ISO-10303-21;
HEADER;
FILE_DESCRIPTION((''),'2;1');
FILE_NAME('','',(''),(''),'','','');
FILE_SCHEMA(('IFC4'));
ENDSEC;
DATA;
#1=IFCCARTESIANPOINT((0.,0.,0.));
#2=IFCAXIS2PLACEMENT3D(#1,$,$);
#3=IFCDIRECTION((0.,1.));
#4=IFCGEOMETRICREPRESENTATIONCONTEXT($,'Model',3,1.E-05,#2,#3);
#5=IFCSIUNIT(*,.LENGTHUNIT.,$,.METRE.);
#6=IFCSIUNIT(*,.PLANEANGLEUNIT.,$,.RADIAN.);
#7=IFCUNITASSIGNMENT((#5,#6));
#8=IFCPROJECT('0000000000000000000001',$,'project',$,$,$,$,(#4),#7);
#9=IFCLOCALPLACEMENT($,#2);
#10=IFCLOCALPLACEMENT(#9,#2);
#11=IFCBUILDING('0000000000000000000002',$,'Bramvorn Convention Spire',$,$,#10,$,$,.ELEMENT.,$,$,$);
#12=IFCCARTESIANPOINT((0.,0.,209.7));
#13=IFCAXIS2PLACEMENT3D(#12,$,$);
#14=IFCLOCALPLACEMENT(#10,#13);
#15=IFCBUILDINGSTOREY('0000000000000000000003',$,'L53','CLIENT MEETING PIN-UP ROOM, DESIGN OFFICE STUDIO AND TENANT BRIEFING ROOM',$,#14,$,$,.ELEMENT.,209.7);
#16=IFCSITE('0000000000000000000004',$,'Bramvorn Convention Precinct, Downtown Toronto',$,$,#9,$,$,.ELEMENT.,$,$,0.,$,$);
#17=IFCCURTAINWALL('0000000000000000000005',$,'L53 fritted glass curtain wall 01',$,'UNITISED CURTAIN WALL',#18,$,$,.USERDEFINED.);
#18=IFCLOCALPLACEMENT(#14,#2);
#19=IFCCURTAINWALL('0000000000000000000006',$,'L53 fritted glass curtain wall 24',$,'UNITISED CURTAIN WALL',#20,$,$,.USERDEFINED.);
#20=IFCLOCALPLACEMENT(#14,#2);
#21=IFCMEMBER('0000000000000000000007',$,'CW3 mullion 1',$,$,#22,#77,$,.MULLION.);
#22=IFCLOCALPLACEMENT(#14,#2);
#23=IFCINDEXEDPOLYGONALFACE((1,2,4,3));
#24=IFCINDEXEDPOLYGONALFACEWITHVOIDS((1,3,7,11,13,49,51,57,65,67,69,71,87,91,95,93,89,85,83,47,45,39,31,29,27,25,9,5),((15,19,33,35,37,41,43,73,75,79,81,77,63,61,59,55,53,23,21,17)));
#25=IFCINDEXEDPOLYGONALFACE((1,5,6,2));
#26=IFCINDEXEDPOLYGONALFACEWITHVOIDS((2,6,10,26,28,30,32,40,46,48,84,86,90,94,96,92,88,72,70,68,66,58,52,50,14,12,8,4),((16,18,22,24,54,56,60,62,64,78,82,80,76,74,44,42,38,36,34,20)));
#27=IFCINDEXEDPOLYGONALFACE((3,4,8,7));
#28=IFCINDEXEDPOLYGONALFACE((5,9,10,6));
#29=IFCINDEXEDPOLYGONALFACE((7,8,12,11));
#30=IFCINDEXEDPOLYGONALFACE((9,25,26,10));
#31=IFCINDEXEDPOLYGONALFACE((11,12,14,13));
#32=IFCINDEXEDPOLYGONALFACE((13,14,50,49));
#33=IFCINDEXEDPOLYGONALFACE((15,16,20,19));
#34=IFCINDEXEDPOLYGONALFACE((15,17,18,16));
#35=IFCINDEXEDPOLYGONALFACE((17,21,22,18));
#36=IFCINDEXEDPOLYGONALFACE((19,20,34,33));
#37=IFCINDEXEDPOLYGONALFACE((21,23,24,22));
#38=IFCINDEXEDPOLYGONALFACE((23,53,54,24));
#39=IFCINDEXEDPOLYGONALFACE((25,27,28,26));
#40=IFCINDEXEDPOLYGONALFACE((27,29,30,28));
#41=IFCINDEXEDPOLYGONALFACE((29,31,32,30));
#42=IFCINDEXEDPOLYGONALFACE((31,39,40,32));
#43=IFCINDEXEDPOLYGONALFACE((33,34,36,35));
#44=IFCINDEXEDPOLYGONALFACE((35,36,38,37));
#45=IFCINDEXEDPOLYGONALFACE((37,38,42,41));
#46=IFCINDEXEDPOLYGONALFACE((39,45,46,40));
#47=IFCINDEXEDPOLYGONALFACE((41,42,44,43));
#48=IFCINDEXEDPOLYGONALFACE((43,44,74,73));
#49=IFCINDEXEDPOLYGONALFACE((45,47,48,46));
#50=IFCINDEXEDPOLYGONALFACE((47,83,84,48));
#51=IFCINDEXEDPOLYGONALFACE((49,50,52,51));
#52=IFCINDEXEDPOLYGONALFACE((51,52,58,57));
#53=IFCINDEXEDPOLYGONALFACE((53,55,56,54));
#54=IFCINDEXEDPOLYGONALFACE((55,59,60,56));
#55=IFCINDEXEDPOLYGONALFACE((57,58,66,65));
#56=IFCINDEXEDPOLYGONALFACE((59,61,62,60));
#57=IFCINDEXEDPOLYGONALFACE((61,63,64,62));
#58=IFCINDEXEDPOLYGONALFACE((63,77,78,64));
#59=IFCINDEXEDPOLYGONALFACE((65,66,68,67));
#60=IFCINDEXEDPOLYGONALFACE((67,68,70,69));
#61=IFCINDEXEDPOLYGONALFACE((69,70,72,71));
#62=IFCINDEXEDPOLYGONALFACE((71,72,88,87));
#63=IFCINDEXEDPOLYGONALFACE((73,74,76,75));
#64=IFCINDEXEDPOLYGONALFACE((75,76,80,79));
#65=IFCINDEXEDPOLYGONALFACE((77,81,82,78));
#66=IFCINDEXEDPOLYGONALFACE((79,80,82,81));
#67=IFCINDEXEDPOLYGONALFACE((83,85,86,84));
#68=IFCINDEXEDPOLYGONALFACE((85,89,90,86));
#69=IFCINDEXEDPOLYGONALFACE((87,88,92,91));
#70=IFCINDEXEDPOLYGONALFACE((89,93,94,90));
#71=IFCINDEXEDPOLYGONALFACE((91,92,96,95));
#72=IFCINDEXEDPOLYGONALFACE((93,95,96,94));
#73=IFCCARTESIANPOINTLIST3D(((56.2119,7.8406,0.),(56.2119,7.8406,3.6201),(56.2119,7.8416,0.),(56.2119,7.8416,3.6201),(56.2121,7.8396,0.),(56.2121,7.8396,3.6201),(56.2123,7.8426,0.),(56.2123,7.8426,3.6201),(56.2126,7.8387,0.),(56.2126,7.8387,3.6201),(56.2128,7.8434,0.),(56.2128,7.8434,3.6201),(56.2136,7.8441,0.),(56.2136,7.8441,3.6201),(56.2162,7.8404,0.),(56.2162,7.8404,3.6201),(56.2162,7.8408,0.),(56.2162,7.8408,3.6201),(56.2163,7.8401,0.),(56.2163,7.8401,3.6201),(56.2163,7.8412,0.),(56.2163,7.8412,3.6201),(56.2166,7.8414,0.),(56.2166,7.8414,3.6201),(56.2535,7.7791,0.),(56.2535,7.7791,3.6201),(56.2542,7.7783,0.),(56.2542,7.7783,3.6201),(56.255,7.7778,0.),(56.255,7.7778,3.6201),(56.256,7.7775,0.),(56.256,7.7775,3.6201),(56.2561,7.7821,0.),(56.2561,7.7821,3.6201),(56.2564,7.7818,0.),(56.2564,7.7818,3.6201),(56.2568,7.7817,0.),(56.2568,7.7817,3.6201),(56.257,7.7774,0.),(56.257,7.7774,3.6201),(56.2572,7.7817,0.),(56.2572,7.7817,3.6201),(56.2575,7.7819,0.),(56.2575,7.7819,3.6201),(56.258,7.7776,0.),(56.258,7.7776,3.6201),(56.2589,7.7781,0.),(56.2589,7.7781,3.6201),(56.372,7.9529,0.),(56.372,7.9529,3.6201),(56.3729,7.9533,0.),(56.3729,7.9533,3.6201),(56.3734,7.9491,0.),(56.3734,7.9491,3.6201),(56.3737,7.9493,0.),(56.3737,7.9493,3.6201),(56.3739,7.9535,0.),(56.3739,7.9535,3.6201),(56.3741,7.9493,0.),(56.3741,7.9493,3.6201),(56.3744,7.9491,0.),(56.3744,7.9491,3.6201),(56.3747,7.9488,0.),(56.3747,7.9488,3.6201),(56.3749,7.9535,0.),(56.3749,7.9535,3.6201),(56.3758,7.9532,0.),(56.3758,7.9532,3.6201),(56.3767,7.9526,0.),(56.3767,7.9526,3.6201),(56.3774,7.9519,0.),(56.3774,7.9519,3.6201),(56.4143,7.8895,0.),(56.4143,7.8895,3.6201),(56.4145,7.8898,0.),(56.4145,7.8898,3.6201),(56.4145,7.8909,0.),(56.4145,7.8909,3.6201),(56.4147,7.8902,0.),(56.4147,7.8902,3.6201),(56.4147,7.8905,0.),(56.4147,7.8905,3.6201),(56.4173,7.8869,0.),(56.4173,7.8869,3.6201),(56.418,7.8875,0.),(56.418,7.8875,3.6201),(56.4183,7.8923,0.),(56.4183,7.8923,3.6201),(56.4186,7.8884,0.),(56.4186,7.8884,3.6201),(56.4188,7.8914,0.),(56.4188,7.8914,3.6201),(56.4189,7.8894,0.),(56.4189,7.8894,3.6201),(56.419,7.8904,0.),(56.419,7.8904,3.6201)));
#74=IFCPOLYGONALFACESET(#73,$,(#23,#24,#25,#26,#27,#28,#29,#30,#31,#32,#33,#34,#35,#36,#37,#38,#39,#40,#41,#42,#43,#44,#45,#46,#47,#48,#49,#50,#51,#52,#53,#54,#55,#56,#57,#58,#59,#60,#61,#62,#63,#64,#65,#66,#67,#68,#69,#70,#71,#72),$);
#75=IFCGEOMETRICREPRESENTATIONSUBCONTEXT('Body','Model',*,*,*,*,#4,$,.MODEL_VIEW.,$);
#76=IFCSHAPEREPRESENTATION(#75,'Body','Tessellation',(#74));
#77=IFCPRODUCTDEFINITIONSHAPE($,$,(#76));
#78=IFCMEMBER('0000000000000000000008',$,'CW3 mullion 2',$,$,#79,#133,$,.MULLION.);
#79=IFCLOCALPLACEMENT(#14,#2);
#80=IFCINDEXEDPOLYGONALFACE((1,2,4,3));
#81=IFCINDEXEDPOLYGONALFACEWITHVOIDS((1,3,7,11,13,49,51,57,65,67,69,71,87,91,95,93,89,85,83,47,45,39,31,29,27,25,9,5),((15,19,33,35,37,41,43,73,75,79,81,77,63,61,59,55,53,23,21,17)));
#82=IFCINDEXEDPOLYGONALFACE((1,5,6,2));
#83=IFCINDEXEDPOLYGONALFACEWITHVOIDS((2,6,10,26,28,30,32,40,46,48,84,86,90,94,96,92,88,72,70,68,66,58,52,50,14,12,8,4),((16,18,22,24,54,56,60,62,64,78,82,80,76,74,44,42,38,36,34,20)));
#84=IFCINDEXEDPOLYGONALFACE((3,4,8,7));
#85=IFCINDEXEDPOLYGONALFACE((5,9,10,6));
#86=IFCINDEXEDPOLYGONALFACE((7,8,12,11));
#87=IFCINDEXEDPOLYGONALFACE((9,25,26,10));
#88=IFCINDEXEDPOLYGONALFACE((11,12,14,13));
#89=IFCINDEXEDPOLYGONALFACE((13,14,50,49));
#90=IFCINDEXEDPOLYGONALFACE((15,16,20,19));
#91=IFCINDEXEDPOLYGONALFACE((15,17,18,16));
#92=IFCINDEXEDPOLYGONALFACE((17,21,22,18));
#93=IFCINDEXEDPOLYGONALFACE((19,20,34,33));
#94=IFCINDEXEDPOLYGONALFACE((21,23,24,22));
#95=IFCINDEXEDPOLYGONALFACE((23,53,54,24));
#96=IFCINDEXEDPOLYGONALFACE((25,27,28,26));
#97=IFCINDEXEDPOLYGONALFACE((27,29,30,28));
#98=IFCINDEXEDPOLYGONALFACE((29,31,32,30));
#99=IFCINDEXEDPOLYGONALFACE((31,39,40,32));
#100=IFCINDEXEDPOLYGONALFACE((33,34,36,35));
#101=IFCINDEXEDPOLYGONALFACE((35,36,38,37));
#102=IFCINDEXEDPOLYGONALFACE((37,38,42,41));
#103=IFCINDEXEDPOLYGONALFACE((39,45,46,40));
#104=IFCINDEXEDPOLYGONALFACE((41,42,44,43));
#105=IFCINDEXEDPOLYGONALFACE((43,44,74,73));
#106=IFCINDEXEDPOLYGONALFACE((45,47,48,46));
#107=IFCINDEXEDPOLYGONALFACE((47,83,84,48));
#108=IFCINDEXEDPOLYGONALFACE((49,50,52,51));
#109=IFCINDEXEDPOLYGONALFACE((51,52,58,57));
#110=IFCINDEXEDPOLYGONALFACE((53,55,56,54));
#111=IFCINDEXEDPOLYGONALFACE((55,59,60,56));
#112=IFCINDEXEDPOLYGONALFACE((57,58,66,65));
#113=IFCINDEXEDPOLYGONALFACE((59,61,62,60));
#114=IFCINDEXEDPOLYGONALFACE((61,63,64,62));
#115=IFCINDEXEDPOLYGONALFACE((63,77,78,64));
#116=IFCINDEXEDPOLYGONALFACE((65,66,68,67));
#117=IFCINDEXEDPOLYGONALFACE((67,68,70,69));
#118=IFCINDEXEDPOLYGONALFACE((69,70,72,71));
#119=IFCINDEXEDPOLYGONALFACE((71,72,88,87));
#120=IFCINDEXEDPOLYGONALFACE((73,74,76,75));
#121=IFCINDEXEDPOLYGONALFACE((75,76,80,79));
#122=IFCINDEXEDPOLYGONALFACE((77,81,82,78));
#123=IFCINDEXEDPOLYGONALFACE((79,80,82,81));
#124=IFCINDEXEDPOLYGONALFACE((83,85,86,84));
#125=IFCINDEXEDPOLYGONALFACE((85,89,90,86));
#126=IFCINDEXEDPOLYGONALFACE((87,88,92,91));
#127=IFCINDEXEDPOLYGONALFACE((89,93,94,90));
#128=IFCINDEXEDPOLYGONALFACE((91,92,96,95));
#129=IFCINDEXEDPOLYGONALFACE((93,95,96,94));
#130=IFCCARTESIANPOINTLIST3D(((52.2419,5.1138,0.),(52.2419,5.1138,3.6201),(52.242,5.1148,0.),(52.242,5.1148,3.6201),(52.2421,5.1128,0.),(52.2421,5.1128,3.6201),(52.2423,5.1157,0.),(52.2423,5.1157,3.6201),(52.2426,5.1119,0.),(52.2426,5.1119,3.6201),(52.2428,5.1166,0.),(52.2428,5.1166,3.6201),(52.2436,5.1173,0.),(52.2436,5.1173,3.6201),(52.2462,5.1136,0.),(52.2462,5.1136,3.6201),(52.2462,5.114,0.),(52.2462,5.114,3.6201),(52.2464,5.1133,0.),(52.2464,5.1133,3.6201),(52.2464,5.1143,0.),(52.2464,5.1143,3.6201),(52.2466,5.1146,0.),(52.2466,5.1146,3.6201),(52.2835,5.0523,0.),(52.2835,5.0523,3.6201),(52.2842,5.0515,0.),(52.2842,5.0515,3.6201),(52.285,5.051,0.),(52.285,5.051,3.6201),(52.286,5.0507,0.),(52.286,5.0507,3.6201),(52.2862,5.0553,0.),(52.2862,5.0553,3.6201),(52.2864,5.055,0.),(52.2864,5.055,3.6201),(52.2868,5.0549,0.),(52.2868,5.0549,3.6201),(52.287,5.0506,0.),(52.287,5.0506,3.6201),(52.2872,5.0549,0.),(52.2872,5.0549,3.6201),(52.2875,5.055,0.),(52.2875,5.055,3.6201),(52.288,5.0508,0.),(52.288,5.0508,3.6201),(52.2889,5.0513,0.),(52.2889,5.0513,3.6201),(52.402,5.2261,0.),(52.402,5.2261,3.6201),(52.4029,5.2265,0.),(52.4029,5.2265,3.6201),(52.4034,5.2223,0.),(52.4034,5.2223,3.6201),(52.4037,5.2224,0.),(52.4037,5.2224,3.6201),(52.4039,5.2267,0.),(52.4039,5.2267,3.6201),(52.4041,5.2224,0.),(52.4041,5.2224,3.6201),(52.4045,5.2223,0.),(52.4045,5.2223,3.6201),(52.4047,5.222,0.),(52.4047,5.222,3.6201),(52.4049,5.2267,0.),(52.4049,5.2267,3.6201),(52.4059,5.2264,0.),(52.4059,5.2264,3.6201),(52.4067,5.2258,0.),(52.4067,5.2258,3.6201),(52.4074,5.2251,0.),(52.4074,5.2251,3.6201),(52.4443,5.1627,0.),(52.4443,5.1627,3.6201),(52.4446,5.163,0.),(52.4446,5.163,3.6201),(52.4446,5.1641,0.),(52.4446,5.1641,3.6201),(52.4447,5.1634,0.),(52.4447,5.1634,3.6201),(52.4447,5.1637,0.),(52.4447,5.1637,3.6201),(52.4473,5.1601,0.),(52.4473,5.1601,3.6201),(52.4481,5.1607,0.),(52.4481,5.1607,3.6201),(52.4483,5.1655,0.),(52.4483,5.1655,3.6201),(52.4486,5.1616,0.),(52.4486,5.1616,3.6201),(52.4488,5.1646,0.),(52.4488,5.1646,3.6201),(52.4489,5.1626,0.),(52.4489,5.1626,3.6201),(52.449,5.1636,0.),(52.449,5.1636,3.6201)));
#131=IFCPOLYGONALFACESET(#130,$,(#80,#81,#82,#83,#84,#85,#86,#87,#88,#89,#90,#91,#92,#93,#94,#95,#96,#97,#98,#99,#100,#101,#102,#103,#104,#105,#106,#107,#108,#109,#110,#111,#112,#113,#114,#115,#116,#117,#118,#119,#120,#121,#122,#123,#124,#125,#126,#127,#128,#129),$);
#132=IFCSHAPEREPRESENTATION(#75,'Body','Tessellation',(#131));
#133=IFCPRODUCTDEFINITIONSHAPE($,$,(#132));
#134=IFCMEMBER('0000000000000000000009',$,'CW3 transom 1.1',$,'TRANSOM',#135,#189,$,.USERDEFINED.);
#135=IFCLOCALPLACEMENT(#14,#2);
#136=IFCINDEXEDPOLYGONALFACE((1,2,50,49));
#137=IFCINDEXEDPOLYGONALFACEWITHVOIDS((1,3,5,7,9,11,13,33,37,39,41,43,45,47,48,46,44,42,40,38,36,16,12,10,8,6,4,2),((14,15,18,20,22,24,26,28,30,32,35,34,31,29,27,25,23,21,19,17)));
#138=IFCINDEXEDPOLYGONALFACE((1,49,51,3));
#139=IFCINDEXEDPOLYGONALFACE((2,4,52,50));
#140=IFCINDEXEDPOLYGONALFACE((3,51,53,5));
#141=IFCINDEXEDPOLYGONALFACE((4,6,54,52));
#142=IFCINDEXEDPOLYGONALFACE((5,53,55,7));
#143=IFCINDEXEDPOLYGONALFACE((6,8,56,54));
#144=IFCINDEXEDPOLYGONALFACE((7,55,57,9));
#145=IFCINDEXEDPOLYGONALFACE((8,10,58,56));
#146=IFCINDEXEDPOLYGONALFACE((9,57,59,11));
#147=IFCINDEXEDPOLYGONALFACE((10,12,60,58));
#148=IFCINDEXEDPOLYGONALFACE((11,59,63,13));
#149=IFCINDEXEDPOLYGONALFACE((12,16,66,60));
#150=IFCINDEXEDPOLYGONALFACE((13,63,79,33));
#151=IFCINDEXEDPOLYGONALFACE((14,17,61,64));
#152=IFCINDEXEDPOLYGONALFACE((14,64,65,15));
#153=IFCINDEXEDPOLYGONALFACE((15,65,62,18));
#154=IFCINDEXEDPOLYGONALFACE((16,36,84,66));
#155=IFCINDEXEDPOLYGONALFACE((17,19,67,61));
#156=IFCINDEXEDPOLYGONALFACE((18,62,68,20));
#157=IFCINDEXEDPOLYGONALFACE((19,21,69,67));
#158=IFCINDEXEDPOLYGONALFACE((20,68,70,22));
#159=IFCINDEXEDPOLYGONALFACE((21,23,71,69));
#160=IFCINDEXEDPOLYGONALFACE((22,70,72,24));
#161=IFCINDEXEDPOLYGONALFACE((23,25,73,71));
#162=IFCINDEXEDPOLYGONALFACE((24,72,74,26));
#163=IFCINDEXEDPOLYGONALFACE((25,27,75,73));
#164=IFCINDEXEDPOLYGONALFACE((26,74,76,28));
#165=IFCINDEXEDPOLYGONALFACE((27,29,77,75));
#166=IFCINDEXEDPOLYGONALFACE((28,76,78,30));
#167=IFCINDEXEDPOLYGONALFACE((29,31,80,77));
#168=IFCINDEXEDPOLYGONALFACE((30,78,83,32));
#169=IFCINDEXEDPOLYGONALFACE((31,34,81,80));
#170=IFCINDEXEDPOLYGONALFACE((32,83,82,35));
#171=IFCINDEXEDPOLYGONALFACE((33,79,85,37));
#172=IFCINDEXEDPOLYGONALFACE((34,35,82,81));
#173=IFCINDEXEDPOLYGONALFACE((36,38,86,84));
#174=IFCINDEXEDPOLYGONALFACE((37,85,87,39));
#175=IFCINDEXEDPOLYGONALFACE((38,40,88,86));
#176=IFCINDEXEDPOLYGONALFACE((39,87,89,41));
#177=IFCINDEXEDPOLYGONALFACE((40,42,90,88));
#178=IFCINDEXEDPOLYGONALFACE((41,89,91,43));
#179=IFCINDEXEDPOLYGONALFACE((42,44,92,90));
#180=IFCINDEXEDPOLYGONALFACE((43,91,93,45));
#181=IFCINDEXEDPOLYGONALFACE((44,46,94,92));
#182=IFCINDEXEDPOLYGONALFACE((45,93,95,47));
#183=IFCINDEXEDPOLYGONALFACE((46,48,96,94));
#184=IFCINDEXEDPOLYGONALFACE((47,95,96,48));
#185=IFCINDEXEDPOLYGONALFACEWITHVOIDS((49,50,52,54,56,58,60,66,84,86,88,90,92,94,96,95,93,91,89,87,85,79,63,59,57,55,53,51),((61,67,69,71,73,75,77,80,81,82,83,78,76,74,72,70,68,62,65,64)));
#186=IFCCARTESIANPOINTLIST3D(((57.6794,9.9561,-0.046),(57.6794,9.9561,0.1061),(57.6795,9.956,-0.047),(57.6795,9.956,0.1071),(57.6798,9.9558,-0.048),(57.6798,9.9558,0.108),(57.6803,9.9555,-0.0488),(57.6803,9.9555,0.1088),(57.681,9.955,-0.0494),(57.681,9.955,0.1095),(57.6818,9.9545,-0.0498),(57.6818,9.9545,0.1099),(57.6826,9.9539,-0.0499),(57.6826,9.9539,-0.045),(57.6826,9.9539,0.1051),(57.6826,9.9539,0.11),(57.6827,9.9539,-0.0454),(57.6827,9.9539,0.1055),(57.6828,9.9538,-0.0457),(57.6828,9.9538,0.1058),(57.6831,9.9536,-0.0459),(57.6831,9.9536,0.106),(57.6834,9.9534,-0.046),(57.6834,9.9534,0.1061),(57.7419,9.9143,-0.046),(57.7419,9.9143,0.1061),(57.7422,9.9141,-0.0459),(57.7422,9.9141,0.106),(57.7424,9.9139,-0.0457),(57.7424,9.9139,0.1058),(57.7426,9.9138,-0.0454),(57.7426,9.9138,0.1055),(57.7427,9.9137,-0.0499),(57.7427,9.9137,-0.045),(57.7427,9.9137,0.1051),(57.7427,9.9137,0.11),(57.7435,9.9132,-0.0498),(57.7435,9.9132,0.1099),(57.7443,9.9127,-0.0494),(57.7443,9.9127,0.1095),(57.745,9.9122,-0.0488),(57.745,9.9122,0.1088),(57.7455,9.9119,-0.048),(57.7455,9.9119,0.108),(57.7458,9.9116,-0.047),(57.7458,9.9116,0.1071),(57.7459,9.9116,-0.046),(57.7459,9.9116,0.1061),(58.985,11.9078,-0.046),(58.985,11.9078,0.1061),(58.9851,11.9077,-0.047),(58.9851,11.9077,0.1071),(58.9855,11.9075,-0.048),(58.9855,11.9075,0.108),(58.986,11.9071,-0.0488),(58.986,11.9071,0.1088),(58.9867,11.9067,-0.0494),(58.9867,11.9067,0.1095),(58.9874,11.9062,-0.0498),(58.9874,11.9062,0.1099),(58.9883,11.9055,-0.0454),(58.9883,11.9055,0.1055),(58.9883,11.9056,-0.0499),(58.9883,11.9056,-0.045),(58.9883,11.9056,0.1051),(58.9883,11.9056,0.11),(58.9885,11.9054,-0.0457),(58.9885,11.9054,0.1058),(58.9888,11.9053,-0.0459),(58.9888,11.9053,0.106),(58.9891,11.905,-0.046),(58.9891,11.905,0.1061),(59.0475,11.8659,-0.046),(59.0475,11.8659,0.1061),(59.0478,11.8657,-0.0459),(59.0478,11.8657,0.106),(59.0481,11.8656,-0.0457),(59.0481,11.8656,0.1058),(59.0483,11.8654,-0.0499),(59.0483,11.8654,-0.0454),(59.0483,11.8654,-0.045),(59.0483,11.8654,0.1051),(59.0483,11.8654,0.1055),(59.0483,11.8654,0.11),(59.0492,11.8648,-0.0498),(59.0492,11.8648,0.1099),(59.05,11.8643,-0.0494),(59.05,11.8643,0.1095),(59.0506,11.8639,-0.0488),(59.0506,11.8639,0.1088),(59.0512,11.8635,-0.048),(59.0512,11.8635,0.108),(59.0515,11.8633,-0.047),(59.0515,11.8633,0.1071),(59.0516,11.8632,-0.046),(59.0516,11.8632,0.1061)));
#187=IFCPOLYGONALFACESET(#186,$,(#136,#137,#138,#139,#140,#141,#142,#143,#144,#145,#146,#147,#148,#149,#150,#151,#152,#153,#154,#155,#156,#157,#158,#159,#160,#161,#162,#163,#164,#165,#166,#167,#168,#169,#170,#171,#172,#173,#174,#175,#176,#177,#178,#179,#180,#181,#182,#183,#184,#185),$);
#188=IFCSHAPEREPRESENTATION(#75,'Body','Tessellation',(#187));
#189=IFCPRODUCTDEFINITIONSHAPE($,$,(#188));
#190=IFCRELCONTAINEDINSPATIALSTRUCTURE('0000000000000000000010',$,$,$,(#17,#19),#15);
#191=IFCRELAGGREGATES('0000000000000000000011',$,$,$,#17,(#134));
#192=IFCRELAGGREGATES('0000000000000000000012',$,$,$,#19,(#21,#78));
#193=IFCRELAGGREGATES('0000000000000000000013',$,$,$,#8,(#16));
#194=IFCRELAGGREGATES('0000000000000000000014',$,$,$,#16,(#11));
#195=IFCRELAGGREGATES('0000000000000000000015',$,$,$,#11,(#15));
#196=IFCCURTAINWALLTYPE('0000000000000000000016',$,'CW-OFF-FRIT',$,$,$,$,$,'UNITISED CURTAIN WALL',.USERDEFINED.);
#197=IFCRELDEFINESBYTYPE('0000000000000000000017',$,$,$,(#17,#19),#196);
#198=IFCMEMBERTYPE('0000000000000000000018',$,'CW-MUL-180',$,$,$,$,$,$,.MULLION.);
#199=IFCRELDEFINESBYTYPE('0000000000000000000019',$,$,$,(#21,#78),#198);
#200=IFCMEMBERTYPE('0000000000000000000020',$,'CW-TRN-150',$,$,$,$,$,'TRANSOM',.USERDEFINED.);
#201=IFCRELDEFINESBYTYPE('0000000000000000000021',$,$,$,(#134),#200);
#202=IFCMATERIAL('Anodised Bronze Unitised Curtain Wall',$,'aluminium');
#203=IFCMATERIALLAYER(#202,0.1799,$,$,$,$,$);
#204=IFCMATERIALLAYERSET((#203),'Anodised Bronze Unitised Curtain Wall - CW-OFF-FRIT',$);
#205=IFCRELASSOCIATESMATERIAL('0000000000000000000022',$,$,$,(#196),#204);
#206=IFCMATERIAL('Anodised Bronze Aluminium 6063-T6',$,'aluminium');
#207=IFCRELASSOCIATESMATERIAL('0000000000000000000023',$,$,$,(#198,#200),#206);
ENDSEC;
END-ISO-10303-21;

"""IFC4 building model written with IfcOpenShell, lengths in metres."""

from ifc_helpers import new_model, si_unit, direction, frame, origin, origin_2d, place, context, subcontext, project, spatial, hollow_rectangle, extrude, material, layer, layer_set, material_profile, profile_set, type_object, element, aggregate, save


model = new_model("IFC4")

# Units and contexts
model_context = context("Model", 3, precision=1e-05, world=origin(), true_north=direction((0.0, 1.0)))
body_context = subcontext(model_context, "Body", "Model", "MODEL_VIEW")
ifc_project = project(units=[si_unit("LENGTHUNIT", "METRE"), si_unit("PLANEANGLEUNIT", "RADIAN")], contexts=[model_context])

# Site, building, storey
site_placement = place(None, origin())
site = spatial("IfcSite", under=ifc_project, at=site_placement, Name="Bramvorn Convention Precinct, Downtown Toronto", CompositionType="ELEMENT", RefElevation=0.0)
building_placement = place(site_placement, origin())
building = spatial("IfcBuilding", under=site, at=building_placement, Name="Bramvorn Convention Spire", CompositionType="ELEMENT")
storey_placement = place(building_placement, frame((0.0, 0.0, 209.7)))
storey = spatial("IfcBuildingStorey", under=building, at=storey_placement, Name="L53", Description="CLIENT MEETING PIN-UP ROOM, DESIGN OFFICE STUDIO AND TENANT BRIEFING ROOM", CompositionType="ELEMENT", Elevation=209.7)

# Curtain walls, members
ifc_material_1 = material(Name="Anodised Bronze Unitised Curtain Wall", Category="aluminium")
ifc_layer_1 = layer(ifc_material_1, 0.1799)
ifc_layer_set_1 = layer_set([ifc_layer_1], Name="Anodised Bronze Unitised Curtain Wall - CW-OFF-FRIT")
curtain_wall_type = type_object("IfcCurtainWallType", Name="CW-OFF-FRIT", ElementType="UNITISED CURTAIN WALL", PredefinedType="USERDEFINED", material=ifc_layer_set_1)
curtain_wall_1_placement = place(storey_placement, origin())
curtain_wall_1 = element("IfcCurtainWall", 1, at=curtain_wall_1_placement, inside=storey, type_object=curtain_wall_type, Name="L53 fritted glass curtain wall 01", ObjectType="UNITISED CURTAIN WALL", PredefinedType="USERDEFINED")
ifc_material_2 = material(Name="Anodised Bronze Aluminium 6063-T6", Category="aluminium")
ifc_material_profile_1 = material_profile(ifc_material_2, hollow_rectangle(XDim=0.0801, YDim=0.2, WallThickness=0.0039, InnerFilletRadius=0.001, OuterFilletRadius=0.0039, at=origin_2d()))
ifc_profile_set_1 = profile_set([ifc_material_profile_1], Name="Anodised Bronze Aluminium 6063-T6 - CWM80X200")
member_type_1 = type_object("IfcMemberType", Name="CW-MUL-180", PredefinedType="MULLION", material=ifc_profile_set_1)
curtain_wall_2_placement = place(storey_placement, origin())
curtain_wall_2 = element("IfcCurtainWall", 2, at=curtain_wall_2_placement, inside=storey, type_object=curtain_wall_type, Name="L53 fritted glass curtain wall 24", ObjectType="UNITISED CURTAIN WALL", PredefinedType="USERDEFINED")
member_1_placement = place(storey_placement, frame((56.3154, 7.8655, 0.0), z_axis=(0.0, 0.0, 1.0), x_axis=(0.566166, -0.824291, 0.0)))
member_1 = element("IfcMember", 3, at=member_1_placement, type_object=member_type_1, Name="CW3 mullion 1", PredefinedType="MULLION", context=body_context, shape_type="SweptSolid", body=[
    extrude(hollow_rectangle(XDim=0.0801, YDim=0.2, WallThickness=0.0039, InnerFilletRadius=0.001, OuterFilletRadius=0.0039, at=origin_2d()), origin(), (0.0, 0.0, 1.0), 3.6201),
])
member_2_placement = place(storey_placement, frame((52.3455, 5.1387, 0.0), z_axis=(0.0, 0.0, 1.0), x_axis=(0.566166, -0.824291, 0.0)))
member_2 = element("IfcMember", 4, at=member_2_placement, type_object=member_type_1, Name="CW3 mullion 2", PredefinedType="MULLION", context=body_context, shape_type="SweptSolid", body=[
    extrude(hollow_rectangle(XDim=0.0801, YDim=0.2, WallThickness=0.0039, InnerFilletRadius=0.001, OuterFilletRadius=0.0039, at=origin_2d()), origin(), (0.0, 0.0, 1.0), 3.6201),
])

# Member
ifc_material_profile_2 = material_profile(ifc_material_2, hollow_rectangle(XDim=0.0801, YDim=0.1599, WallThickness=0.0039, InnerFilletRadius=0.001, OuterFilletRadius=0.0039, at=origin_2d()))
ifc_profile_set_2 = profile_set([ifc_material_profile_2], Name="Anodised Bronze Aluminium 6063-T6 - CWT80X160")
member_type_2 = type_object("IfcMemberType", Name="CW-TRN-150", ElementType="TRANSOM", PredefinedType="USERDEFINED", material=ifc_profile_set_2)
member_3_placement = place(storey_placement, frame((59.0183, 11.8855, 0.03), z_axis=(-0.556043, -0.831153, 0.0), x_axis=(0.831153, -0.556043, 0.0)))
member_3 = element("IfcMember", 5, at=member_3_placement, type_object=member_type_2, Name="CW3 transom 1.1", ObjectType="TRANSOM", PredefinedType="USERDEFINED", context=body_context, shape_type="SweptSolid", body=[
    extrude(hollow_rectangle(XDim=0.0801, YDim=0.1599, WallThickness=0.0039, InnerFilletRadius=0.001, OuterFilletRadius=0.0039, at=origin_2d()), origin(), (0.0, 0.0, 1.0), 2.3481),
])

aggregate(curtain_wall_1, [member_3])
aggregate(curtain_wall_2, [member_1, member_2])

save(model, "model.ifc")
